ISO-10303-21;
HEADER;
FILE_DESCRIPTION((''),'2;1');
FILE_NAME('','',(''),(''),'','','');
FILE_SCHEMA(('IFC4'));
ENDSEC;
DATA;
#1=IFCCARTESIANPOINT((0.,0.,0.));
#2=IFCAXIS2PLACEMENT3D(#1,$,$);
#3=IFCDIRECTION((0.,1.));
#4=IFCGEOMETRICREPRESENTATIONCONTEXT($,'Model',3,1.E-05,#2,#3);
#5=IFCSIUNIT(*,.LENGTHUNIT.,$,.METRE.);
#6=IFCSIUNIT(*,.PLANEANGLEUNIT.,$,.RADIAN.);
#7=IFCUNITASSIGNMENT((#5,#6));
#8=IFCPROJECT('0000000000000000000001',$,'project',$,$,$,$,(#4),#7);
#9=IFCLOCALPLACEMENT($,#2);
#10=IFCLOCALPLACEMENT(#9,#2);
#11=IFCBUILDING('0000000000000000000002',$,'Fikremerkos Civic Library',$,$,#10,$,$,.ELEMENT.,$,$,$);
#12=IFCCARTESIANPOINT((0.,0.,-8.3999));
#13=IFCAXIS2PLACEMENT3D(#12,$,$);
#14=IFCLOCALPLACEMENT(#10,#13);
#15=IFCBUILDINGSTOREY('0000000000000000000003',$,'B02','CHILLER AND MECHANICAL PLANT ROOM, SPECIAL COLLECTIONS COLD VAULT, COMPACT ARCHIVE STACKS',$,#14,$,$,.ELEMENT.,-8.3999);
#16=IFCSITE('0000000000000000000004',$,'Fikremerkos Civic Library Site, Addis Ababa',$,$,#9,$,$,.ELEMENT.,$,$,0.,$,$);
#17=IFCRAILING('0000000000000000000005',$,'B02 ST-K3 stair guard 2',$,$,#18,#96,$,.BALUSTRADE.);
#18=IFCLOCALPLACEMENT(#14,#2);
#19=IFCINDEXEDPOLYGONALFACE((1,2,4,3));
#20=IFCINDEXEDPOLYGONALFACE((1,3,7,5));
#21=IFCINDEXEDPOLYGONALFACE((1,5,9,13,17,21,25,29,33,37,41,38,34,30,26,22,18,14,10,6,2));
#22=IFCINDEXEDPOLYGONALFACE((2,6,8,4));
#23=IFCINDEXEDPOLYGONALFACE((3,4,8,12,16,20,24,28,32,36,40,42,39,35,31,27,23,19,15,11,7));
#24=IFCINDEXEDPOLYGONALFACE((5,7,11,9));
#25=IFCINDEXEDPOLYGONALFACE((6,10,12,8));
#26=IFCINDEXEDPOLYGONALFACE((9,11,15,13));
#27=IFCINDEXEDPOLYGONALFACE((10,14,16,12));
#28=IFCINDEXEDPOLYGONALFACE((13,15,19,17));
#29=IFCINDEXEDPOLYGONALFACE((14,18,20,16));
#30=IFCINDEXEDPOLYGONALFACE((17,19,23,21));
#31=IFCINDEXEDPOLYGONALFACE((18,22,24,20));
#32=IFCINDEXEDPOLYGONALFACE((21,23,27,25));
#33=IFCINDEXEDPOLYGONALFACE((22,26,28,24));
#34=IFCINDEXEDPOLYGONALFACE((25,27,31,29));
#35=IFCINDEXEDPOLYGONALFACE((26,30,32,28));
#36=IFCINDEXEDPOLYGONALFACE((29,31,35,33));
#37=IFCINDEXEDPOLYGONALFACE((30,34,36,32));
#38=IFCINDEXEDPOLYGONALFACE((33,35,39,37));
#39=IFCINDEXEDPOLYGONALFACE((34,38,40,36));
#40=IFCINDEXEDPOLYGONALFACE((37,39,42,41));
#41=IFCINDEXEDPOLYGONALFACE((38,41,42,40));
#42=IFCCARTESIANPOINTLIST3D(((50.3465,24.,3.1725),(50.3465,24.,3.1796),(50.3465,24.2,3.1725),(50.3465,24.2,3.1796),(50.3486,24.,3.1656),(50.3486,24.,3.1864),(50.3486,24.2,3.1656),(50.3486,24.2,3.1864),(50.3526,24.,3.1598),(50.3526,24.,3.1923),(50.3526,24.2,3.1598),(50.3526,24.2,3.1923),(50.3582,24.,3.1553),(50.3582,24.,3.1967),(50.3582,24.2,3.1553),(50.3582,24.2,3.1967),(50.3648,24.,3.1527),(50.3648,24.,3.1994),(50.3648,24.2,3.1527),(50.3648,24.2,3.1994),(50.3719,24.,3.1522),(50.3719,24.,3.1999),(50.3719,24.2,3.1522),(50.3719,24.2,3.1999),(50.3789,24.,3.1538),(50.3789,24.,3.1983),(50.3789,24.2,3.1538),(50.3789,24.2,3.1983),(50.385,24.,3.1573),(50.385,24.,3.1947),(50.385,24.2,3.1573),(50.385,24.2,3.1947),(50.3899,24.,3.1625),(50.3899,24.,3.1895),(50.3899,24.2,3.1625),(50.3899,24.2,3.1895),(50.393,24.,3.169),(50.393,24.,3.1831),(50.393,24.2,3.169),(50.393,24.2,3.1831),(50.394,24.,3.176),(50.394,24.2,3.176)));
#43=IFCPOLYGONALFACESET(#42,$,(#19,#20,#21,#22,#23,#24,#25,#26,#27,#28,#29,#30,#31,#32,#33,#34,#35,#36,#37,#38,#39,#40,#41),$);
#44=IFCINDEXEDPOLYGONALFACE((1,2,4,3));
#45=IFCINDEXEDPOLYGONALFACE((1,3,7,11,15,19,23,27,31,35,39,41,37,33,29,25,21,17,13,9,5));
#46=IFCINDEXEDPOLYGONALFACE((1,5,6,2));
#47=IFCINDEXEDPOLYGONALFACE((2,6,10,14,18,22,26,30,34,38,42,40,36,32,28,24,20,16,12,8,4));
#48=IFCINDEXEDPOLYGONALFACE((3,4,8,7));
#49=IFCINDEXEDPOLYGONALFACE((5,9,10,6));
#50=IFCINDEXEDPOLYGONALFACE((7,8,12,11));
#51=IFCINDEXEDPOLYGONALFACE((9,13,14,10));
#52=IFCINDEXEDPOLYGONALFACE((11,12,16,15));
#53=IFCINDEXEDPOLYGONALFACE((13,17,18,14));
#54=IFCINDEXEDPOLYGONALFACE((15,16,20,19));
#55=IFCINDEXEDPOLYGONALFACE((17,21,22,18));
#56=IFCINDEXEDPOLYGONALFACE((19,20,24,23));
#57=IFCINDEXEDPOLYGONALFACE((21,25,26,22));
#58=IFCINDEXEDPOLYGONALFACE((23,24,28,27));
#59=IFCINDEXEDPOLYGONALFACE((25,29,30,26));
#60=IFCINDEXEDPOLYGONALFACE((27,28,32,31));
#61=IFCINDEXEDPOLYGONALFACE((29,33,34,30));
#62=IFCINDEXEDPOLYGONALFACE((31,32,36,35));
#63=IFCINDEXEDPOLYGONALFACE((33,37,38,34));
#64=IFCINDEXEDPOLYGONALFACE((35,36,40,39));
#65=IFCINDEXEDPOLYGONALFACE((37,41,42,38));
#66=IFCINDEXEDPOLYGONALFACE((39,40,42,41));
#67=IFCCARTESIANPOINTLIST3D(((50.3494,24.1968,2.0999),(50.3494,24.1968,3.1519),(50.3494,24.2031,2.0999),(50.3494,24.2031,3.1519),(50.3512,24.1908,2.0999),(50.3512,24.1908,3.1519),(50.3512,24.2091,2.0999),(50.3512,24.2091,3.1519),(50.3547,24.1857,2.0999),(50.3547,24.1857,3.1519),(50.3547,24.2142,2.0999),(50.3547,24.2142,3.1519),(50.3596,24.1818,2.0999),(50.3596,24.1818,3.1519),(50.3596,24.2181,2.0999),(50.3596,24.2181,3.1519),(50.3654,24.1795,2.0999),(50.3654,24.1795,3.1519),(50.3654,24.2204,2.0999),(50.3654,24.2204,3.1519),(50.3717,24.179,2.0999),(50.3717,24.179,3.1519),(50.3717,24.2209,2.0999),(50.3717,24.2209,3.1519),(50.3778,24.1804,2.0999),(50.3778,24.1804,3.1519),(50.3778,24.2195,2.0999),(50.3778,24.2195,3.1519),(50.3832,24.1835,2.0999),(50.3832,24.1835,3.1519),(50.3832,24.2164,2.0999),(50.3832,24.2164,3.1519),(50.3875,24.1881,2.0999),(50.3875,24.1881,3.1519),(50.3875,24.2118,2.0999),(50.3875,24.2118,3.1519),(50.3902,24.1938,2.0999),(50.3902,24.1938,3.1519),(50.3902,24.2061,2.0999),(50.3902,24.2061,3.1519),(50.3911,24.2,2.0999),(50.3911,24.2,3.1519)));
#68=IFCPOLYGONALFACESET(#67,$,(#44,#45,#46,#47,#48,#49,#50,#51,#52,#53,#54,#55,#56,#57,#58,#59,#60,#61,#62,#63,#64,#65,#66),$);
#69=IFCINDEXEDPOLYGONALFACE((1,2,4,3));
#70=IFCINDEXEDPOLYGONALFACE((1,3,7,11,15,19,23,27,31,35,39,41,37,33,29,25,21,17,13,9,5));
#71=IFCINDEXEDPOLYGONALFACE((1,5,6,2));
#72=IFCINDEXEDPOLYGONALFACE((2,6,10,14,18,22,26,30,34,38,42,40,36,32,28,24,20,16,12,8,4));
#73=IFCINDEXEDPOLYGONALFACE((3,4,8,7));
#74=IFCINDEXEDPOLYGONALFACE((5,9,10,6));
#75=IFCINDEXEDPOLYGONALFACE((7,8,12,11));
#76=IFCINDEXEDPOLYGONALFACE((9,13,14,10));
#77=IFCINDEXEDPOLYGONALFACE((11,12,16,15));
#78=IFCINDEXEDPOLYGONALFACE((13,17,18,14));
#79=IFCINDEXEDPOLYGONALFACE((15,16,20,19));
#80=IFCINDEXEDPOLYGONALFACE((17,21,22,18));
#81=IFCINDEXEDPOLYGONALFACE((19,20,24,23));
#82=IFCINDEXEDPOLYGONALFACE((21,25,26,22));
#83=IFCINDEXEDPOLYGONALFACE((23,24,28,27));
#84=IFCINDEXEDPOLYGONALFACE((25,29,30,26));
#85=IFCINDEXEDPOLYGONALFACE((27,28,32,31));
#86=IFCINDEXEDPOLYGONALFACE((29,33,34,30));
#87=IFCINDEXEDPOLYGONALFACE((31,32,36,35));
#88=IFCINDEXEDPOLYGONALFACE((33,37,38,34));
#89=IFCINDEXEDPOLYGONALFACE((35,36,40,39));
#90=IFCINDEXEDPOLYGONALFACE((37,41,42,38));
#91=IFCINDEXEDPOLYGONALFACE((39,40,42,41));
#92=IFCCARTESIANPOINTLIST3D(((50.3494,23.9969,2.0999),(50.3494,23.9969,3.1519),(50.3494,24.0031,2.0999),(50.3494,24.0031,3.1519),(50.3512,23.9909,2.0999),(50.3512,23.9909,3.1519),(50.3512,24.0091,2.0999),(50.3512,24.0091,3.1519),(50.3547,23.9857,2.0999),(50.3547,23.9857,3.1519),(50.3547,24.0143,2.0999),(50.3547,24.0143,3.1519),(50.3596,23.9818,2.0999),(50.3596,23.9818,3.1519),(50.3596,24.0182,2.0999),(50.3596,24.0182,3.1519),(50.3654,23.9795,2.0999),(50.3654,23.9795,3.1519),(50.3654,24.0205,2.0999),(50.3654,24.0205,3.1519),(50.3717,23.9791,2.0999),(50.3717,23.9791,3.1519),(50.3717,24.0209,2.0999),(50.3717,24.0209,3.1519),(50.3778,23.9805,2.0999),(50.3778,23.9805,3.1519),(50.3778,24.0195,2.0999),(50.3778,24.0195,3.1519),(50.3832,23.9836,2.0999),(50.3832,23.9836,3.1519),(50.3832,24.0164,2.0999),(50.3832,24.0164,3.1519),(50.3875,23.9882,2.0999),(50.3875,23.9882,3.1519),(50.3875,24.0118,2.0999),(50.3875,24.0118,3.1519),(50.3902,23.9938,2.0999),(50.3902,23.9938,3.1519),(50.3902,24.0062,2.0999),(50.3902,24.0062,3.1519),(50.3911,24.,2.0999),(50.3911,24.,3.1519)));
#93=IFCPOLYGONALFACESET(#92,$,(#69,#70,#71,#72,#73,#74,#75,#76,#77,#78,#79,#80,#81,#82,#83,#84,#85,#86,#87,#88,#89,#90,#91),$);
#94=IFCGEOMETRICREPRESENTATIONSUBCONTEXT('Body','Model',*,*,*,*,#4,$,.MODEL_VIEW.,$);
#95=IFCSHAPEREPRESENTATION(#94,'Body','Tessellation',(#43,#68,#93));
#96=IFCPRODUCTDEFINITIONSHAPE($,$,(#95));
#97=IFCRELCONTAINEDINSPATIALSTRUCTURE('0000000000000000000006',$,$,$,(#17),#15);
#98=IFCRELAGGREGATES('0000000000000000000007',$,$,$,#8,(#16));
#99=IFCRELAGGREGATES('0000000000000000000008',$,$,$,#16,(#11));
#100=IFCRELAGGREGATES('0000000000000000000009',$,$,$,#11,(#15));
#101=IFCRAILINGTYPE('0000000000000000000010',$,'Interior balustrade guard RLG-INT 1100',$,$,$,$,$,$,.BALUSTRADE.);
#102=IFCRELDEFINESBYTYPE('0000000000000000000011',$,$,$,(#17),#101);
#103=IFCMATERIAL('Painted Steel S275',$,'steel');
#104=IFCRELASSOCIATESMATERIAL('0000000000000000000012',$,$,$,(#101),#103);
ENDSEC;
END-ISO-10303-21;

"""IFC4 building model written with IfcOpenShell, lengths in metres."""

from ifc_helpers import new_model, si_unit, direction, frame, origin, origin_2d, place, context, subcontext, project, spatial, circle, extrude, material, type_object, element, save


model = new_model("IFC4")

# Units and contexts
model_context = context("Model", 3, precision=1e-05, world=origin(), true_north=direction((0.0, 1.0)))
body_context = subcontext(model_context, "Body", "Model", "MODEL_VIEW")
ifc_project = project(units=[si_unit("LENGTHUNIT", "METRE"), si_unit("PLANEANGLEUNIT", "RADIAN")], contexts=[model_context])

# Site, building, storey
site_placement = place(None, origin())
site = spatial("IfcSite", under=ifc_project, at=site_placement, Name="Fikremerkos Civic Library Site, Addis Ababa", CompositionType="ELEMENT", RefElevation=0.0)
building_placement = place(site_placement, origin())
building = spatial("IfcBuilding", under=site, at=building_placement, Name="Fikremerkos Civic Library", CompositionType="ELEMENT")
storey_placement = place(building_placement, frame((0.0, 0.0, -8.3999)))
storey = spatial("IfcBuildingStorey", under=building, at=storey_placement, Name="B02", Description="CHILLER AND MECHANICAL PLANT ROOM, SPECIAL COLLECTIONS COLD VAULT, COMPACT ARCHIVE STACKS", CompositionType="ELEMENT", Elevation=-8.3999)

# Railing
ifc_material_1 = material(Name="Painted Steel S275", Category="steel")
railing_type_1 = type_object("IfcRailingType", Name="Interior balustrade guard RLG-INT 1100", PredefinedType="BALUSTRADE", material=ifc_material_1)
railing_1_placement = place(storey_placement, frame((50.3701, 24.2, 2.0999)))
element("IfcRailing", 1, at=railing_1_placement, inside=storey, type_object=railing_type_1, Name="B02 ST-K3 stair guard 2", PredefinedType="BALUSTRADE", context=body_context, shape_type="SweptSolid", body=[
    extrude(circle(Radius=0.0239, at=origin_2d()), frame((0.0, 0.0, 1.0762), z_axis=(0.0, -1.0, 0.0), x_axis=(1.0, 0.0, 0.0)), (0.0, 0.0, 1.0), 0.2),
    extrude(circle(Radius=0.021, at=origin_2d()), origin(), (0.0, 0.0, 1.0), 1.052),
    extrude(circle(Radius=0.021, at=origin_2d()), frame((0.0, -0.2, 0.0)), (0.0, 0.0, 1.0), 1.052),
])

save(model, "model.ifc")
